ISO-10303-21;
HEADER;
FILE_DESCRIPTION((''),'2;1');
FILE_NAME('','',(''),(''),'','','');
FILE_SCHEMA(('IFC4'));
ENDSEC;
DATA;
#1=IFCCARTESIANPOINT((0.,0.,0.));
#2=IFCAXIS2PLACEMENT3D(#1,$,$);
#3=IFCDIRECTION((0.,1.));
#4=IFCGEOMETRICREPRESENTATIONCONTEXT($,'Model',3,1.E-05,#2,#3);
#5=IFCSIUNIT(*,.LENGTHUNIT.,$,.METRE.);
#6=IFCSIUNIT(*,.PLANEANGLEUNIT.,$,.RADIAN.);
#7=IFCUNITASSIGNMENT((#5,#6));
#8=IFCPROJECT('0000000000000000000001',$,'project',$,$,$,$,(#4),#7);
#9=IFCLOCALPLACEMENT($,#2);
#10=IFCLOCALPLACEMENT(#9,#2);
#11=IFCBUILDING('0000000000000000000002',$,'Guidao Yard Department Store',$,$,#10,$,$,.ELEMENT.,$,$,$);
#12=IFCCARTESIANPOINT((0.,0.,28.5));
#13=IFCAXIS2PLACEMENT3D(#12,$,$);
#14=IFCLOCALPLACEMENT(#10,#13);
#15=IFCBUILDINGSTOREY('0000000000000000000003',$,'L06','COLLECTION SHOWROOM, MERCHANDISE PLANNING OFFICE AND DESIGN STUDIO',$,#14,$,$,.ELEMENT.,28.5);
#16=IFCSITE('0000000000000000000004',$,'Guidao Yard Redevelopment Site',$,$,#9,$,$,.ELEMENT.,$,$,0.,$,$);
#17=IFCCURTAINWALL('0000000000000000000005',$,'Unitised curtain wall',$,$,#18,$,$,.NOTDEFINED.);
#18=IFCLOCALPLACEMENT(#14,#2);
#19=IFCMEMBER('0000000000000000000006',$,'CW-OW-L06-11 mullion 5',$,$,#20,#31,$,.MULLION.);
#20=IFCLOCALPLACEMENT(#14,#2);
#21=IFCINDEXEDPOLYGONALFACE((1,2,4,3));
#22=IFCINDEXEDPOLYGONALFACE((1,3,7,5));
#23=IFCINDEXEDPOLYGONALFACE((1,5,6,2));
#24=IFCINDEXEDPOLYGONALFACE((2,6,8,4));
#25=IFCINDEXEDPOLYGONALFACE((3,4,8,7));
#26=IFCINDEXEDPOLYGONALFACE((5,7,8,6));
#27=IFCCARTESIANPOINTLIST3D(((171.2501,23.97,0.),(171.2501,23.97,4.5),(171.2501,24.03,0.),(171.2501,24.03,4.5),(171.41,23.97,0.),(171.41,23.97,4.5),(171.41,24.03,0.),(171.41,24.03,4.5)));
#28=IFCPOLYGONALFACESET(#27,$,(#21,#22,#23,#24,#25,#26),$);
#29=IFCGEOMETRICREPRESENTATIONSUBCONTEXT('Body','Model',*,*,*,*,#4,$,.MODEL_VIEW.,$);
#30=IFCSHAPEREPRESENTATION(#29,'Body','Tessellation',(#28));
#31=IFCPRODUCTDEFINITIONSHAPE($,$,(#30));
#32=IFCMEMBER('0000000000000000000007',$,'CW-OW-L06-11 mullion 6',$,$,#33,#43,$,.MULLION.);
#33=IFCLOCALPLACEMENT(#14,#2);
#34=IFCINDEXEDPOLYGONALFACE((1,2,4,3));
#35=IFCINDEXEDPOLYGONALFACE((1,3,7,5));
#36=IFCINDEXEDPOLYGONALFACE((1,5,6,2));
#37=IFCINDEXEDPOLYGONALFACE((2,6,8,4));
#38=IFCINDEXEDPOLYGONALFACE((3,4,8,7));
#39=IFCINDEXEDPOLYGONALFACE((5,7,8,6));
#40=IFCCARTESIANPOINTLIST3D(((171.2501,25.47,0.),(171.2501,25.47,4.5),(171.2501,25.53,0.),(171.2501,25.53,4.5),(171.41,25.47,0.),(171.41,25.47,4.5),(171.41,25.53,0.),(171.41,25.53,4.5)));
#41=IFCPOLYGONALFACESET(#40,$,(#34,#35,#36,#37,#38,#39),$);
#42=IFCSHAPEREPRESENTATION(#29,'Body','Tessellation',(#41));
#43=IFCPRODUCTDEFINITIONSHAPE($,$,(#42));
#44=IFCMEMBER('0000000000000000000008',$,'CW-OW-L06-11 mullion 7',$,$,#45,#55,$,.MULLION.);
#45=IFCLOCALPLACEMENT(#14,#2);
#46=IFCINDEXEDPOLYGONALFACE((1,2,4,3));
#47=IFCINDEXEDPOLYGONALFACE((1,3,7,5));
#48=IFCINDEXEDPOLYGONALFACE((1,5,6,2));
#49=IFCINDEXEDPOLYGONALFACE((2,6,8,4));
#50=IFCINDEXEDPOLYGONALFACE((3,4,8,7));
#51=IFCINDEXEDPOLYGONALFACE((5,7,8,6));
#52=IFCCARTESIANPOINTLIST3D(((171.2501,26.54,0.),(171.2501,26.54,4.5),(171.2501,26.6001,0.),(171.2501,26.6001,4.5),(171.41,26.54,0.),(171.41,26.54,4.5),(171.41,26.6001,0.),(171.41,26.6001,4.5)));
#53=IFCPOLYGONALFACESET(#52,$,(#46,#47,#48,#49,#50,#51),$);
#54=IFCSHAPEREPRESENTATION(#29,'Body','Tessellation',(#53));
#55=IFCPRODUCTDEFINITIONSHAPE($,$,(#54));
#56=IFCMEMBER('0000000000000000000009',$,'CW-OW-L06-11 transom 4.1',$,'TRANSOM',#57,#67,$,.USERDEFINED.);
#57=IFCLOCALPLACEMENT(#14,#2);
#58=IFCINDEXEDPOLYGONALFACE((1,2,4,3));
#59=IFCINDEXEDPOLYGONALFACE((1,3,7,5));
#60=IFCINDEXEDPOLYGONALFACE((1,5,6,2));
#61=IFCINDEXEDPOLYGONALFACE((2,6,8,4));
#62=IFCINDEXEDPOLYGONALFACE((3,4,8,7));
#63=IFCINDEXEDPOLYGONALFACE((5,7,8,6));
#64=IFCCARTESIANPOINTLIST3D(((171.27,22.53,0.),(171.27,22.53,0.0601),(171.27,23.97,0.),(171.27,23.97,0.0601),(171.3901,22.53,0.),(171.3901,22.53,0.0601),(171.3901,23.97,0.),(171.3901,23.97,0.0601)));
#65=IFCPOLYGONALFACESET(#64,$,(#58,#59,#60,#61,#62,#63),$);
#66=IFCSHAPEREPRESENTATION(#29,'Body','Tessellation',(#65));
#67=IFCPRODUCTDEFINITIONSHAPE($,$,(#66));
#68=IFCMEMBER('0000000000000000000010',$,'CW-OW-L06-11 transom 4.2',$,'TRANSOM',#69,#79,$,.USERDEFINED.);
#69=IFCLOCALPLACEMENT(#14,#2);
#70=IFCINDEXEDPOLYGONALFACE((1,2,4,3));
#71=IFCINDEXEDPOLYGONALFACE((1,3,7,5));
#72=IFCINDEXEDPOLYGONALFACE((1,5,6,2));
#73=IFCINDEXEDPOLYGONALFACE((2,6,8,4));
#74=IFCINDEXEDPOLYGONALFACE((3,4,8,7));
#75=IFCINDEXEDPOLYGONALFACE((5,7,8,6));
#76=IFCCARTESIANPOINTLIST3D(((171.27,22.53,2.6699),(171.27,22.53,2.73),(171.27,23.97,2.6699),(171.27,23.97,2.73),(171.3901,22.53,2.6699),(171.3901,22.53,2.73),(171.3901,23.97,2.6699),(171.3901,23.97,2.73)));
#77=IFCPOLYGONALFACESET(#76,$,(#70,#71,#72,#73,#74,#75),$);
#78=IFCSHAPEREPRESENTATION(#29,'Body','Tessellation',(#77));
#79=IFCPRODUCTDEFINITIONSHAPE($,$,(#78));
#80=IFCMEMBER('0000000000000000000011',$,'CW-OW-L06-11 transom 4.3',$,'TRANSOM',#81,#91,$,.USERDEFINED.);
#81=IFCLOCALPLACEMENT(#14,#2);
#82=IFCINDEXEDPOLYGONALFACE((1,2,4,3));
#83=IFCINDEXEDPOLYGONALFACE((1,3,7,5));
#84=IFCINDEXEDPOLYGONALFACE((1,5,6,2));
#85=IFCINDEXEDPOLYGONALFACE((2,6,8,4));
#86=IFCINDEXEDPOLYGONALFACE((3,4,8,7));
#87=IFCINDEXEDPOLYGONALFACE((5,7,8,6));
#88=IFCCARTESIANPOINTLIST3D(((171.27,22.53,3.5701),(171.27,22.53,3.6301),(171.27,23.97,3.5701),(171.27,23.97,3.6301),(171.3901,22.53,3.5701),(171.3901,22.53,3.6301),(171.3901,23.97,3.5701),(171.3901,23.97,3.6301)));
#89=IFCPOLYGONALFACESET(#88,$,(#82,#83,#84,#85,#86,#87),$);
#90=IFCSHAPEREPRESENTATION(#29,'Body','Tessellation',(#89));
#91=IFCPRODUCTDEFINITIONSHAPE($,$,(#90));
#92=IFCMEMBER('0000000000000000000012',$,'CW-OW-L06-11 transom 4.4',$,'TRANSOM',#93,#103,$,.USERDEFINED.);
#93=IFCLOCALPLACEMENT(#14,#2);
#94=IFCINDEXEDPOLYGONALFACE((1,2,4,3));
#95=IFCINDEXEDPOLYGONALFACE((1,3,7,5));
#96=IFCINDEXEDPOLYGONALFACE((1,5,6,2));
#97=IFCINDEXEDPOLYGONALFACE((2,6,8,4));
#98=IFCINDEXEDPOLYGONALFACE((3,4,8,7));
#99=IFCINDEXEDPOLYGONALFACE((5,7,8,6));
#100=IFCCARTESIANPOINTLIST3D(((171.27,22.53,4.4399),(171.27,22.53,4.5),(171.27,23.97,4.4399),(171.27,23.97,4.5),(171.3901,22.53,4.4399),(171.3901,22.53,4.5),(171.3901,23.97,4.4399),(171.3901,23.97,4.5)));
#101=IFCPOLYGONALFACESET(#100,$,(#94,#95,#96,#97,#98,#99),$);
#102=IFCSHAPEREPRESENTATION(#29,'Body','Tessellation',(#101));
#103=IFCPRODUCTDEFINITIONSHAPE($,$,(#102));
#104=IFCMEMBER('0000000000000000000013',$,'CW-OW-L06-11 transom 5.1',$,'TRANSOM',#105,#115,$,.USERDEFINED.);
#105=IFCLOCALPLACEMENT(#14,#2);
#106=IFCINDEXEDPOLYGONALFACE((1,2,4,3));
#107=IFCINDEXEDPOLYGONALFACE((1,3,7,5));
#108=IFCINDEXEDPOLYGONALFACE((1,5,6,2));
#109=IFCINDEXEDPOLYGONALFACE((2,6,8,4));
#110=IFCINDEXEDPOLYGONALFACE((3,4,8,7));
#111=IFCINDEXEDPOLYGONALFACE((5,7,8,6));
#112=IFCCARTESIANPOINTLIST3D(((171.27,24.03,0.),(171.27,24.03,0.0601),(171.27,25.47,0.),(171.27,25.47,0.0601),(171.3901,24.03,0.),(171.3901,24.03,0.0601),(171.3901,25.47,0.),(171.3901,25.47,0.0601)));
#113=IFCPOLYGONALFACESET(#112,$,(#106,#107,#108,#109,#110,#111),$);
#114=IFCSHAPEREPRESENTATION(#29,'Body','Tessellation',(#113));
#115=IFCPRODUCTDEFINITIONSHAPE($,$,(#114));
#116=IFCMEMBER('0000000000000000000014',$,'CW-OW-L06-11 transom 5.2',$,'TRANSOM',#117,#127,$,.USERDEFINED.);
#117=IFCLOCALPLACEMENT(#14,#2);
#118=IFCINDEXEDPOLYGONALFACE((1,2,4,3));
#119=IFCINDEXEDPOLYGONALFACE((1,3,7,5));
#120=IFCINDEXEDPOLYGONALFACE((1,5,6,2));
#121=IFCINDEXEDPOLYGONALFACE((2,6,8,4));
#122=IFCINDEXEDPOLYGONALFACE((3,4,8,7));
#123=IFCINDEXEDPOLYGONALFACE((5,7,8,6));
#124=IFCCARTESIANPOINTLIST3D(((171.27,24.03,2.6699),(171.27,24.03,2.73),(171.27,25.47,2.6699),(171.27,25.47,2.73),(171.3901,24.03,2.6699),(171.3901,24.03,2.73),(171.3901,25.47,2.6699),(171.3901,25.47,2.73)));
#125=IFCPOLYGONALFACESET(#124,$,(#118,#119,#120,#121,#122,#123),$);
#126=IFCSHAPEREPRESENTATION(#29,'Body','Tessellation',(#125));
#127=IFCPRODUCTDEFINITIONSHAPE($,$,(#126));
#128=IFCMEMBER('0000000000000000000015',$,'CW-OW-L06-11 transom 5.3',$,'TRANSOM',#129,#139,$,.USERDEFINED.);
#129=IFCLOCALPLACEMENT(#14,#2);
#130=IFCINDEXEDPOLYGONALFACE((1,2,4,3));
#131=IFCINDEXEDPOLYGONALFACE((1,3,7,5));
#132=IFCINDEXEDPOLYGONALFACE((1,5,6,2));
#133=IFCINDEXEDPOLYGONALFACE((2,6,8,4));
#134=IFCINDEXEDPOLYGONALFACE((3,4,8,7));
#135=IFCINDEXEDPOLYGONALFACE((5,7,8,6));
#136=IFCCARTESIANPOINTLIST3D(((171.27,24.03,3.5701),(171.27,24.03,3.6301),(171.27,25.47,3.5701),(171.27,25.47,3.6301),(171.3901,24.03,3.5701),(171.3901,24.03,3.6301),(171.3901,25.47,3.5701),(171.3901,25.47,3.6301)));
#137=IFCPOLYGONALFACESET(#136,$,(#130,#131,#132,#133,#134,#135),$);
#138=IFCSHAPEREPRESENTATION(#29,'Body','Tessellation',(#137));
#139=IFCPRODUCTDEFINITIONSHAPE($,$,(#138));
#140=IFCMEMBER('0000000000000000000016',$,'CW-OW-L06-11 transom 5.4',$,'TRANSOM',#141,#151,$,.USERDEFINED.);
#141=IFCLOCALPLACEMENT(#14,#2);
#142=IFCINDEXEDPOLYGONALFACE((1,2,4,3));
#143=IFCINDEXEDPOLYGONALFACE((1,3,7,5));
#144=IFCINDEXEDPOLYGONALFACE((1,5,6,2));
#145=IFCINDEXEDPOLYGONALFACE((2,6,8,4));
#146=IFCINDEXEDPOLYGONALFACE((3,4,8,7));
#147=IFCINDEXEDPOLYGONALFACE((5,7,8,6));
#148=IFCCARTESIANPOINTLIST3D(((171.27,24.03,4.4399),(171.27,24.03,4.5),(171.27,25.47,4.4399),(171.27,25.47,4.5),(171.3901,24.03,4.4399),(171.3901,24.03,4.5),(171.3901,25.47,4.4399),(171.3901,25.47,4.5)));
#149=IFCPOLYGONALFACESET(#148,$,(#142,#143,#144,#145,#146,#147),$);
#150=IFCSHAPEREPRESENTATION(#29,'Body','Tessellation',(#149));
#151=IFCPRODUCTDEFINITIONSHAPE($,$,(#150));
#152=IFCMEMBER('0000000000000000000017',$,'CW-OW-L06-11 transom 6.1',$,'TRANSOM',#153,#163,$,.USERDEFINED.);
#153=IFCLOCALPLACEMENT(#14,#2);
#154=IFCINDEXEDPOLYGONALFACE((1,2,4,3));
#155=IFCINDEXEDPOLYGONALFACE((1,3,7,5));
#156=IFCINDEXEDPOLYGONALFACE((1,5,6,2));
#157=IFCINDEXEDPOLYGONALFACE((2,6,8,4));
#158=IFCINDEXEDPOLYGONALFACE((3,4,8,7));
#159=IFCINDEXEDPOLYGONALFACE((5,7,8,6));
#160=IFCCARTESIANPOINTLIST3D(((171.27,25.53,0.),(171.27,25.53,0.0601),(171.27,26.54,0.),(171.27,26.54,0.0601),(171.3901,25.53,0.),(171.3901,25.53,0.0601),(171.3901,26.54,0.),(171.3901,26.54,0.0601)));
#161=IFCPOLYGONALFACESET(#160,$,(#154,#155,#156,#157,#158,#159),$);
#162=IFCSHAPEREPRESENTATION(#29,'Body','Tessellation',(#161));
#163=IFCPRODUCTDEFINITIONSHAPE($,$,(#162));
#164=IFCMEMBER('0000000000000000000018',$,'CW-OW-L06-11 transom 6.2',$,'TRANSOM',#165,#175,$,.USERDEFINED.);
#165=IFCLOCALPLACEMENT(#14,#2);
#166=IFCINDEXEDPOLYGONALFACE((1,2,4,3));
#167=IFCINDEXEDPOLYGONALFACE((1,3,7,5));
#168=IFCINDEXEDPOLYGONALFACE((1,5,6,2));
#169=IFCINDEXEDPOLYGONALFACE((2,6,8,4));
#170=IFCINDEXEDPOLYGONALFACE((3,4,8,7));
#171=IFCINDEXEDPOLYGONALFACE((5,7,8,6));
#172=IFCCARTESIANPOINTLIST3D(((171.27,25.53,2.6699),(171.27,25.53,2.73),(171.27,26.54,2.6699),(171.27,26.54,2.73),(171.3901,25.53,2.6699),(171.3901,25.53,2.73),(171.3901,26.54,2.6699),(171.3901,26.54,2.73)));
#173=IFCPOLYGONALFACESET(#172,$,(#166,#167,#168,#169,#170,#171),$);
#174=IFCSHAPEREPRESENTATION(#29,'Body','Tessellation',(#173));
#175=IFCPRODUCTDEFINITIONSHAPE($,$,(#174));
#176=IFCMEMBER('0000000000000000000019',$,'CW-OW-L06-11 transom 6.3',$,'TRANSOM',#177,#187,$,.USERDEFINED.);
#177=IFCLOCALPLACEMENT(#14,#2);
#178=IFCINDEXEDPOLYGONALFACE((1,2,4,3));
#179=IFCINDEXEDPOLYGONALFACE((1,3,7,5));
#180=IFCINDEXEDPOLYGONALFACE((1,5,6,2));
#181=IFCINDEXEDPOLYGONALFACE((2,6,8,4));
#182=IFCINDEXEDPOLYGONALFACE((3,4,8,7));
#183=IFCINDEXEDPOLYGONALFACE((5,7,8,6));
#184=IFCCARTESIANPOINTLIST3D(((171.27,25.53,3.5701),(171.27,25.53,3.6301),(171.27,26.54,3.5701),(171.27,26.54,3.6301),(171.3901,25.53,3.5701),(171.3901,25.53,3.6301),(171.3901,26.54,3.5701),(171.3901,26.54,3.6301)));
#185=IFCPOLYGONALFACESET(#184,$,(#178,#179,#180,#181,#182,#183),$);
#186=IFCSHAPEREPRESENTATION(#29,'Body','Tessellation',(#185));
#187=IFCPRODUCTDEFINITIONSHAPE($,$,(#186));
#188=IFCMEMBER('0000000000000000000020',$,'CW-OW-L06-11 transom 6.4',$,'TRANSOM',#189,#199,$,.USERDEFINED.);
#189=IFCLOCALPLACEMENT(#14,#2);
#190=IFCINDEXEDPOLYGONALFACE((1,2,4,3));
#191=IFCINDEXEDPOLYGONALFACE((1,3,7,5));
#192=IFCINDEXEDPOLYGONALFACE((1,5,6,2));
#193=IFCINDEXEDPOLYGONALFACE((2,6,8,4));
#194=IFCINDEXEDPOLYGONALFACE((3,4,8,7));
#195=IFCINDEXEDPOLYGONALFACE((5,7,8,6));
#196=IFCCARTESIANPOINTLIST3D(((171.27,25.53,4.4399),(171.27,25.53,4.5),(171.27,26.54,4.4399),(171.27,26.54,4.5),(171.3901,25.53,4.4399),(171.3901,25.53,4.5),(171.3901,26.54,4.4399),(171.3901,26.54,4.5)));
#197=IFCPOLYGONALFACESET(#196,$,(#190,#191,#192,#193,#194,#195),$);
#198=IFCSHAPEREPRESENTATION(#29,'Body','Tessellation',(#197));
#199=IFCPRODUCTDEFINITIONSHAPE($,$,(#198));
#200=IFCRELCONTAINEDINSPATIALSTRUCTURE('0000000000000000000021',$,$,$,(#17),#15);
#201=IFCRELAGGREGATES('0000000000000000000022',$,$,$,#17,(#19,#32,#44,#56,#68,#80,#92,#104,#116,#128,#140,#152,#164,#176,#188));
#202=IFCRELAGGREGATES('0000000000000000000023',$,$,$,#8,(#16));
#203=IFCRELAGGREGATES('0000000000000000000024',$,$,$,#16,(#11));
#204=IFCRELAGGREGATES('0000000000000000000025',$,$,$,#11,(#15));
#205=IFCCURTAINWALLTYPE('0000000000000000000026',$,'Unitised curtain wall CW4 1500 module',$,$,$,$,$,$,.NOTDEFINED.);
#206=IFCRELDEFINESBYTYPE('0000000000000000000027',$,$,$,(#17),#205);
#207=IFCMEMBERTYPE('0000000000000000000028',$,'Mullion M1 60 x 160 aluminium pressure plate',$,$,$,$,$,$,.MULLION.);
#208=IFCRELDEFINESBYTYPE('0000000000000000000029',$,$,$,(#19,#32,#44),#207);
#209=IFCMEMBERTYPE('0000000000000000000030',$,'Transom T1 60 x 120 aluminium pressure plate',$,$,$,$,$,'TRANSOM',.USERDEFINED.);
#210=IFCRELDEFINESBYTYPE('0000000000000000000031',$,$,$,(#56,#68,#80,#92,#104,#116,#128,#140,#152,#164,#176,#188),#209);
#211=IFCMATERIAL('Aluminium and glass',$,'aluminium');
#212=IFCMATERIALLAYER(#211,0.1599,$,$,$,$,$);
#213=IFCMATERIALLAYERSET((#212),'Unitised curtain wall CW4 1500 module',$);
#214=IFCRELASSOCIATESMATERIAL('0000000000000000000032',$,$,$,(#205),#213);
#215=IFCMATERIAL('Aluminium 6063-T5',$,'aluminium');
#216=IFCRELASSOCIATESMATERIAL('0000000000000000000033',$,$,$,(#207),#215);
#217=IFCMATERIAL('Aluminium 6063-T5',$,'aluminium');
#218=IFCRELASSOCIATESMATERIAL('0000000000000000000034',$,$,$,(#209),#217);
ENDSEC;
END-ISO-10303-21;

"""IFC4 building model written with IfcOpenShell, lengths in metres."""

from ifc_helpers import new_model, si_unit, direction, frame, origin, origin_2d, place, context, subcontext, project, spatial, rectangle, extrude, material, layer, layer_set, material_profile, profile_set, type_object, element, aggregate, save


model = new_model("IFC4")

# Units and contexts
model_context = context("Model", 3, precision=1e-05, world=origin(), true_north=direction((0.0, 1.0)))
body_context = subcontext(model_context, "Body", "Model", "MODEL_VIEW")
ifc_project = project(units=[si_unit("LENGTHUNIT", "METRE"), si_unit("PLANEANGLEUNIT", "RADIAN")], contexts=[model_context])

# Site, building, storey
site_placement = place(None, origin())
site = spatial("IfcSite", under=ifc_project, at=site_placement, Name="Guidao Yard Redevelopment Site", CompositionType="ELEMENT", RefElevation=0.0)
building_placement = place(site_placement, origin())
building = spatial("IfcBuilding", under=site, at=building_placement, Name="Guidao Yard Department Store", CompositionType="ELEMENT")
storey_placement = place(building_placement, frame((0.0, 0.0, 28.5)))
storey = spatial("IfcBuildingStorey", under=building, at=storey_placement, Name="L06", Description="COLLECTION SHOWROOM, MERCHANDISE PLANNING OFFICE AND DESIGN STUDIO", CompositionType="ELEMENT", Elevation=28.5)

# Curtain wall, members
ifc_material_1 = material(Name="Aluminium and glass", Category="aluminium")
ifc_layer_1 = layer(ifc_material_1, 0.1599)
ifc_layer_set_1 = layer_set([ifc_layer_1], Name="Unitised curtain wall CW4 1500 module")
curtain_wall_type = type_object("IfcCurtainWallType", Name="Unitised curtain wall CW4 1500 module", PredefinedType="NOTDEFINED", material=ifc_layer_set_1)
curtain_wall_placement = place(storey_placement, origin())
curtain_wall = element("IfcCurtainWall", 1, at=curtain_wall_placement, inside=storey, type_object=curtain_wall_type, Name="Unitised curtain wall", PredefinedType="NOTDEFINED")
ifc_material_2 = material(Name="Aluminium 6063-T5", Category="aluminium")
ifc_material_profile_1 = material_profile(ifc_material_2, rectangle(XDim=0.0601, YDim=0.1599, at=origin_2d()), Name="Mullion M1 60 x 160 aluminium pressure plate")
ifc_profile_set_1 = profile_set([ifc_material_profile_1], Name="Aluminium 6063-T5")
member_type_1 = type_object("IfcMemberType", Name="Mullion M1 60 x 160 aluminium pressure plate", PredefinedType="MULLION", material=ifc_profile_set_1)
member_1_placement = place(storey_placement, frame((171.3301, 24.0, 0.0), z_axis=(0.0, 0.0, 1.0), x_axis=(0.0, -1.0, 0.0)))
member_1 = element("IfcMember", 2, at=member_1_placement, type_object=member_type_1, Name="CW-OW-L06-11 mullion 5", PredefinedType="MULLION", context=body_context, shape_type="SweptSolid", body=[
    extrude(rectangle(XDim=0.0601, YDim=0.1599, at=origin_2d()), origin(), (0.0, 0.0, 1.0), 4.5),
])
member_2_placement = place(storey_placement, frame((171.3301, 25.5, 0.0), z_axis=(0.0, 0.0, 1.0), x_axis=(0.0, -1.0, 0.0)))
member_2 = element("IfcMember", 3, at=member_2_placement, type_object=member_type_1, Name="CW-OW-L06-11 mullion 6", PredefinedType="MULLION", context=body_context, shape_type="SweptSolid", body=[
    extrude(rectangle(XDim=0.0601, YDim=0.1599, at=origin_2d()), origin(), (0.0, 0.0, 1.0), 4.5),
])
member_3_placement = place(storey_placement, frame((171.3301, 26.5701, 0.0), z_axis=(0.0, 0.0, 1.0), x_axis=(0.0, -1.0, 0.0)))
member_3 = element("IfcMember", 4, at=member_3_placement, type_object=member_type_1, Name="CW-OW-L06-11 mullion 7", PredefinedType="MULLION", context=body_context, shape_type="SweptSolid", body=[
    extrude(rectangle(XDim=0.0601, YDim=0.1599, at=origin_2d()), origin(), (0.0, 0.0, 1.0), 4.5),
])
ifc_material_3 = material(Name="Aluminium 6063-T5", Category="aluminium")
ifc_material_profile_2 = material_profile(ifc_material_3, rectangle(XDim=0.1201, YDim=0.0601, at=origin_2d()), Name="Transom T1 60 x 120 aluminium pressure plate")
ifc_profile_set_2 = profile_set([ifc_material_profile_2], Name="Aluminium 6063-T5")
member_type_2 = type_object("IfcMemberType", Name="Transom T1 60 x 120 aluminium pressure plate", ElementType="TRANSOM", PredefinedType="USERDEFINED", material=ifc_profile_set_2)
member_4_placement = place(storey_placement, frame((171.3301, 23.97, 0.03), z_axis=(0.0, -1.0, 0.0), x_axis=(1.0, 0.0, 0.0)))
member_4 = element("IfcMember", 5, at=member_4_placement, type_object=member_type_2, Name="CW-OW-L06-11 transom 4.1", ObjectType="TRANSOM", PredefinedType="USERDEFINED", context=body_context, shape_type="SweptSolid", body=[
    extrude(rectangle(XDim=0.1201, YDim=0.0601, at=origin_2d()), origin(), (0.0, 0.0, 1.0), 1.4399),
])
member_5_placement = place(storey_placement, frame((171.3301, 23.97, 2.7), z_axis=(0.0, -1.0, 0.0), x_axis=(1.0, 0.0, 0.0)))
member_5 = element("IfcMember", 6, at=member_5_placement, type_object=member_type_2, Name="CW-OW-L06-11 transom 4.2", ObjectType="TRANSOM", PredefinedType="USERDEFINED", context=body_context, shape_type="SweptSolid", body=[
    extrude(rectangle(XDim=0.1201, YDim=0.0601, at=origin_2d()), origin(), (0.0, 0.0, 1.0), 1.4399),
])
member_6_placement = place(storey_placement, frame((171.3301, 23.97, 3.6001), z_axis=(0.0, -1.0, 0.0), x_axis=(1.0, 0.0, 0.0)))
member_6 = element("IfcMember", 7, at=member_6_placement, type_object=member_type_2, Name="CW-OW-L06-11 transom 4.3", ObjectType="TRANSOM", PredefinedType="USERDEFINED", context=body_context, shape_type="SweptSolid", body=[
    extrude(rectangle(XDim=0.1201, YDim=0.0601, at=origin_2d()), origin(), (0.0, 0.0, 1.0), 1.4399),
])
member_7_placement = place(storey_placement, frame((171.3301, 23.97, 4.47), z_axis=(0.0, -1.0, 0.0), x_axis=(1.0, 0.0, 0.0)))
member_7 = element("IfcMember", 8, at=member_7_placement, type_object=member_type_2, Name="CW-OW-L06-11 transom 4.4", ObjectType="TRANSOM", PredefinedType="USERDEFINED", context=body_context, shape_type="SweptSolid", body=[
    extrude(rectangle(XDim=0.1201, YDim=0.0601, at=origin_2d()), origin(), (0.0, 0.0, 1.0), 1.4399),
])
member_8_placement = place(storey_placement, frame((171.3301, 25.47, 0.03), z_axis=(0.0, -1.0, 0.0), x_axis=(1.0, 0.0, 0.0)))
member_8 = element("IfcMember", 9, at=member_8_placement, type_object=member_type_2, Name="CW-OW-L06-11 transom 5.1", ObjectType="TRANSOM", PredefinedType="USERDEFINED", context=body_context, shape_type="SweptSolid", body=[
    extrude(rectangle(XDim=0.1201, YDim=0.0601, at=origin_2d()), origin(), (0.0, 0.0, 1.0), 1.4399),
])
member_9_placement = place(storey_placement, frame((171.3301, 25.47, 2.7), z_axis=(0.0, -1.0, 0.0), x_axis=(1.0, 0.0, 0.0)))
member_9 = element("IfcMember", 10, at=member_9_placement, type_object=member_type_2, Name="CW-OW-L06-11 transom 5.2", ObjectType="TRANSOM", PredefinedType="USERDEFINED", context=body_context, shape_type="SweptSolid", body=[
    extrude(rectangle(XDim=0.1201, YDim=0.0601, at=origin_2d()), origin(), (0.0, 0.0, 1.0), 1.4399),
])
member_10_placement = place(storey_placement, frame((171.3301, 25.47, 3.6001), z_axis=(0.0, -1.0, 0.0), x_axis=(1.0, 0.0, 0.0)))
member_10 = element("IfcMember", 11, at=member_10_placement, type_object=member_type_2, Name="CW-OW-L06-11 transom 5.3", ObjectType="TRANSOM", PredefinedType="USERDEFINED", context=body_context, shape_type="SweptSolid", body=[
    extrude(rectangle(XDim=0.1201, YDim=0.0601, at=origin_2d()), origin(), (0.0, 0.0, 1.0), 1.4399),
])
member_11_placement = place(storey_placement, frame((171.3301, 25.47, 4.47), z_axis=(0.0, -1.0, 0.0), x_axis=(1.0, 0.0, 0.0)))
member_11 = element("IfcMember", 12, at=member_11_placement, type_object=member_type_2, Name="CW-OW-L06-11 transom 5.4", ObjectType="TRANSOM", PredefinedType="USERDEFINED", context=body_context, shape_type="SweptSolid", body=[
    extrude(rectangle(XDim=0.1201, YDim=0.0601, at=origin_2d()), origin(), (0.0, 0.0, 1.0), 1.4399),
])
member_12_placement = place(storey_placement, frame((171.3301, 26.54, 0.03), z_axis=(0.0, -1.0, 0.0), x_axis=(1.0, 0.0, 0.0)))
member_12 = element("IfcMember", 13, at=member_12_placement, type_object=member_type_2, Name="CW-OW-L06-11 transom 6.1", ObjectType="TRANSOM", PredefinedType="USERDEFINED", context=body_context, shape_type="SweptSolid", body=[
    extrude(rectangle(XDim=0.1201, YDim=0.0601, at=origin_2d()), origin(), (0.0, 0.0, 1.0), 1.01),
])
member_13_placement = place(storey_placement, frame((171.3301, 26.54, 2.7), z_axis=(0.0, -1.0, 0.0), x_axis=(1.0, 0.0, 0.0)))
member_13 = element("IfcMember", 14, at=member_13_placement, type_object=member_type_2, Name="CW-OW-L06-11 transom 6.2", ObjectType="TRANSOM", PredefinedType="USERDEFINED", context=body_context, shape_type="SweptSolid", body=[
    extrude(rectangle(XDim=0.1201, YDim=0.0601, at=origin_2d()), origin(), (0.0, 0.0, 1.0), 1.01),
])
member_14_placement = place(storey_placement, frame((171.3301, 26.54, 3.6001), z_axis=(0.0, -1.0, 0.0), x_axis=(1.0, 0.0, 0.0)))
member_14 = element("IfcMember", 15, at=member_14_placement, type_object=member_type_2, Name="CW-OW-L06-11 transom 6.3", ObjectType="TRANSOM", PredefinedType="USERDEFINED", context=body_context, shape_type="SweptSolid", body=[
    extrude(rectangle(XDim=0.1201, YDim=0.0601, at=origin_2d()), origin(), (0.0, 0.0, 1.0), 1.01),
])
member_15_placement = place(storey_placement, frame((171.3301, 26.54, 4.47), z_axis=(0.0, -1.0, 0.0), x_axis=(1.0, 0.0, 0.0)))
member_15 = element("IfcMember", 16, at=member_15_placement, type_object=member_type_2, Name="CW-OW-L06-11 transom 6.4", ObjectType="TRANSOM", PredefinedType="USERDEFINED", context=body_context, shape_type="SweptSolid", body=[
    extrude(rectangle(XDim=0.1201, YDim=0.0601, at=origin_2d()), origin(), (0.0, 0.0, 1.0), 1.01),
])
aggregate(curtain_wall, [member_1, member_2, member_3, member_4, member_5, member_6, member_7, member_8, member_9, member_10, member_11, member_12, member_13, member_14, member_15])

save(model, "model.ifc")
